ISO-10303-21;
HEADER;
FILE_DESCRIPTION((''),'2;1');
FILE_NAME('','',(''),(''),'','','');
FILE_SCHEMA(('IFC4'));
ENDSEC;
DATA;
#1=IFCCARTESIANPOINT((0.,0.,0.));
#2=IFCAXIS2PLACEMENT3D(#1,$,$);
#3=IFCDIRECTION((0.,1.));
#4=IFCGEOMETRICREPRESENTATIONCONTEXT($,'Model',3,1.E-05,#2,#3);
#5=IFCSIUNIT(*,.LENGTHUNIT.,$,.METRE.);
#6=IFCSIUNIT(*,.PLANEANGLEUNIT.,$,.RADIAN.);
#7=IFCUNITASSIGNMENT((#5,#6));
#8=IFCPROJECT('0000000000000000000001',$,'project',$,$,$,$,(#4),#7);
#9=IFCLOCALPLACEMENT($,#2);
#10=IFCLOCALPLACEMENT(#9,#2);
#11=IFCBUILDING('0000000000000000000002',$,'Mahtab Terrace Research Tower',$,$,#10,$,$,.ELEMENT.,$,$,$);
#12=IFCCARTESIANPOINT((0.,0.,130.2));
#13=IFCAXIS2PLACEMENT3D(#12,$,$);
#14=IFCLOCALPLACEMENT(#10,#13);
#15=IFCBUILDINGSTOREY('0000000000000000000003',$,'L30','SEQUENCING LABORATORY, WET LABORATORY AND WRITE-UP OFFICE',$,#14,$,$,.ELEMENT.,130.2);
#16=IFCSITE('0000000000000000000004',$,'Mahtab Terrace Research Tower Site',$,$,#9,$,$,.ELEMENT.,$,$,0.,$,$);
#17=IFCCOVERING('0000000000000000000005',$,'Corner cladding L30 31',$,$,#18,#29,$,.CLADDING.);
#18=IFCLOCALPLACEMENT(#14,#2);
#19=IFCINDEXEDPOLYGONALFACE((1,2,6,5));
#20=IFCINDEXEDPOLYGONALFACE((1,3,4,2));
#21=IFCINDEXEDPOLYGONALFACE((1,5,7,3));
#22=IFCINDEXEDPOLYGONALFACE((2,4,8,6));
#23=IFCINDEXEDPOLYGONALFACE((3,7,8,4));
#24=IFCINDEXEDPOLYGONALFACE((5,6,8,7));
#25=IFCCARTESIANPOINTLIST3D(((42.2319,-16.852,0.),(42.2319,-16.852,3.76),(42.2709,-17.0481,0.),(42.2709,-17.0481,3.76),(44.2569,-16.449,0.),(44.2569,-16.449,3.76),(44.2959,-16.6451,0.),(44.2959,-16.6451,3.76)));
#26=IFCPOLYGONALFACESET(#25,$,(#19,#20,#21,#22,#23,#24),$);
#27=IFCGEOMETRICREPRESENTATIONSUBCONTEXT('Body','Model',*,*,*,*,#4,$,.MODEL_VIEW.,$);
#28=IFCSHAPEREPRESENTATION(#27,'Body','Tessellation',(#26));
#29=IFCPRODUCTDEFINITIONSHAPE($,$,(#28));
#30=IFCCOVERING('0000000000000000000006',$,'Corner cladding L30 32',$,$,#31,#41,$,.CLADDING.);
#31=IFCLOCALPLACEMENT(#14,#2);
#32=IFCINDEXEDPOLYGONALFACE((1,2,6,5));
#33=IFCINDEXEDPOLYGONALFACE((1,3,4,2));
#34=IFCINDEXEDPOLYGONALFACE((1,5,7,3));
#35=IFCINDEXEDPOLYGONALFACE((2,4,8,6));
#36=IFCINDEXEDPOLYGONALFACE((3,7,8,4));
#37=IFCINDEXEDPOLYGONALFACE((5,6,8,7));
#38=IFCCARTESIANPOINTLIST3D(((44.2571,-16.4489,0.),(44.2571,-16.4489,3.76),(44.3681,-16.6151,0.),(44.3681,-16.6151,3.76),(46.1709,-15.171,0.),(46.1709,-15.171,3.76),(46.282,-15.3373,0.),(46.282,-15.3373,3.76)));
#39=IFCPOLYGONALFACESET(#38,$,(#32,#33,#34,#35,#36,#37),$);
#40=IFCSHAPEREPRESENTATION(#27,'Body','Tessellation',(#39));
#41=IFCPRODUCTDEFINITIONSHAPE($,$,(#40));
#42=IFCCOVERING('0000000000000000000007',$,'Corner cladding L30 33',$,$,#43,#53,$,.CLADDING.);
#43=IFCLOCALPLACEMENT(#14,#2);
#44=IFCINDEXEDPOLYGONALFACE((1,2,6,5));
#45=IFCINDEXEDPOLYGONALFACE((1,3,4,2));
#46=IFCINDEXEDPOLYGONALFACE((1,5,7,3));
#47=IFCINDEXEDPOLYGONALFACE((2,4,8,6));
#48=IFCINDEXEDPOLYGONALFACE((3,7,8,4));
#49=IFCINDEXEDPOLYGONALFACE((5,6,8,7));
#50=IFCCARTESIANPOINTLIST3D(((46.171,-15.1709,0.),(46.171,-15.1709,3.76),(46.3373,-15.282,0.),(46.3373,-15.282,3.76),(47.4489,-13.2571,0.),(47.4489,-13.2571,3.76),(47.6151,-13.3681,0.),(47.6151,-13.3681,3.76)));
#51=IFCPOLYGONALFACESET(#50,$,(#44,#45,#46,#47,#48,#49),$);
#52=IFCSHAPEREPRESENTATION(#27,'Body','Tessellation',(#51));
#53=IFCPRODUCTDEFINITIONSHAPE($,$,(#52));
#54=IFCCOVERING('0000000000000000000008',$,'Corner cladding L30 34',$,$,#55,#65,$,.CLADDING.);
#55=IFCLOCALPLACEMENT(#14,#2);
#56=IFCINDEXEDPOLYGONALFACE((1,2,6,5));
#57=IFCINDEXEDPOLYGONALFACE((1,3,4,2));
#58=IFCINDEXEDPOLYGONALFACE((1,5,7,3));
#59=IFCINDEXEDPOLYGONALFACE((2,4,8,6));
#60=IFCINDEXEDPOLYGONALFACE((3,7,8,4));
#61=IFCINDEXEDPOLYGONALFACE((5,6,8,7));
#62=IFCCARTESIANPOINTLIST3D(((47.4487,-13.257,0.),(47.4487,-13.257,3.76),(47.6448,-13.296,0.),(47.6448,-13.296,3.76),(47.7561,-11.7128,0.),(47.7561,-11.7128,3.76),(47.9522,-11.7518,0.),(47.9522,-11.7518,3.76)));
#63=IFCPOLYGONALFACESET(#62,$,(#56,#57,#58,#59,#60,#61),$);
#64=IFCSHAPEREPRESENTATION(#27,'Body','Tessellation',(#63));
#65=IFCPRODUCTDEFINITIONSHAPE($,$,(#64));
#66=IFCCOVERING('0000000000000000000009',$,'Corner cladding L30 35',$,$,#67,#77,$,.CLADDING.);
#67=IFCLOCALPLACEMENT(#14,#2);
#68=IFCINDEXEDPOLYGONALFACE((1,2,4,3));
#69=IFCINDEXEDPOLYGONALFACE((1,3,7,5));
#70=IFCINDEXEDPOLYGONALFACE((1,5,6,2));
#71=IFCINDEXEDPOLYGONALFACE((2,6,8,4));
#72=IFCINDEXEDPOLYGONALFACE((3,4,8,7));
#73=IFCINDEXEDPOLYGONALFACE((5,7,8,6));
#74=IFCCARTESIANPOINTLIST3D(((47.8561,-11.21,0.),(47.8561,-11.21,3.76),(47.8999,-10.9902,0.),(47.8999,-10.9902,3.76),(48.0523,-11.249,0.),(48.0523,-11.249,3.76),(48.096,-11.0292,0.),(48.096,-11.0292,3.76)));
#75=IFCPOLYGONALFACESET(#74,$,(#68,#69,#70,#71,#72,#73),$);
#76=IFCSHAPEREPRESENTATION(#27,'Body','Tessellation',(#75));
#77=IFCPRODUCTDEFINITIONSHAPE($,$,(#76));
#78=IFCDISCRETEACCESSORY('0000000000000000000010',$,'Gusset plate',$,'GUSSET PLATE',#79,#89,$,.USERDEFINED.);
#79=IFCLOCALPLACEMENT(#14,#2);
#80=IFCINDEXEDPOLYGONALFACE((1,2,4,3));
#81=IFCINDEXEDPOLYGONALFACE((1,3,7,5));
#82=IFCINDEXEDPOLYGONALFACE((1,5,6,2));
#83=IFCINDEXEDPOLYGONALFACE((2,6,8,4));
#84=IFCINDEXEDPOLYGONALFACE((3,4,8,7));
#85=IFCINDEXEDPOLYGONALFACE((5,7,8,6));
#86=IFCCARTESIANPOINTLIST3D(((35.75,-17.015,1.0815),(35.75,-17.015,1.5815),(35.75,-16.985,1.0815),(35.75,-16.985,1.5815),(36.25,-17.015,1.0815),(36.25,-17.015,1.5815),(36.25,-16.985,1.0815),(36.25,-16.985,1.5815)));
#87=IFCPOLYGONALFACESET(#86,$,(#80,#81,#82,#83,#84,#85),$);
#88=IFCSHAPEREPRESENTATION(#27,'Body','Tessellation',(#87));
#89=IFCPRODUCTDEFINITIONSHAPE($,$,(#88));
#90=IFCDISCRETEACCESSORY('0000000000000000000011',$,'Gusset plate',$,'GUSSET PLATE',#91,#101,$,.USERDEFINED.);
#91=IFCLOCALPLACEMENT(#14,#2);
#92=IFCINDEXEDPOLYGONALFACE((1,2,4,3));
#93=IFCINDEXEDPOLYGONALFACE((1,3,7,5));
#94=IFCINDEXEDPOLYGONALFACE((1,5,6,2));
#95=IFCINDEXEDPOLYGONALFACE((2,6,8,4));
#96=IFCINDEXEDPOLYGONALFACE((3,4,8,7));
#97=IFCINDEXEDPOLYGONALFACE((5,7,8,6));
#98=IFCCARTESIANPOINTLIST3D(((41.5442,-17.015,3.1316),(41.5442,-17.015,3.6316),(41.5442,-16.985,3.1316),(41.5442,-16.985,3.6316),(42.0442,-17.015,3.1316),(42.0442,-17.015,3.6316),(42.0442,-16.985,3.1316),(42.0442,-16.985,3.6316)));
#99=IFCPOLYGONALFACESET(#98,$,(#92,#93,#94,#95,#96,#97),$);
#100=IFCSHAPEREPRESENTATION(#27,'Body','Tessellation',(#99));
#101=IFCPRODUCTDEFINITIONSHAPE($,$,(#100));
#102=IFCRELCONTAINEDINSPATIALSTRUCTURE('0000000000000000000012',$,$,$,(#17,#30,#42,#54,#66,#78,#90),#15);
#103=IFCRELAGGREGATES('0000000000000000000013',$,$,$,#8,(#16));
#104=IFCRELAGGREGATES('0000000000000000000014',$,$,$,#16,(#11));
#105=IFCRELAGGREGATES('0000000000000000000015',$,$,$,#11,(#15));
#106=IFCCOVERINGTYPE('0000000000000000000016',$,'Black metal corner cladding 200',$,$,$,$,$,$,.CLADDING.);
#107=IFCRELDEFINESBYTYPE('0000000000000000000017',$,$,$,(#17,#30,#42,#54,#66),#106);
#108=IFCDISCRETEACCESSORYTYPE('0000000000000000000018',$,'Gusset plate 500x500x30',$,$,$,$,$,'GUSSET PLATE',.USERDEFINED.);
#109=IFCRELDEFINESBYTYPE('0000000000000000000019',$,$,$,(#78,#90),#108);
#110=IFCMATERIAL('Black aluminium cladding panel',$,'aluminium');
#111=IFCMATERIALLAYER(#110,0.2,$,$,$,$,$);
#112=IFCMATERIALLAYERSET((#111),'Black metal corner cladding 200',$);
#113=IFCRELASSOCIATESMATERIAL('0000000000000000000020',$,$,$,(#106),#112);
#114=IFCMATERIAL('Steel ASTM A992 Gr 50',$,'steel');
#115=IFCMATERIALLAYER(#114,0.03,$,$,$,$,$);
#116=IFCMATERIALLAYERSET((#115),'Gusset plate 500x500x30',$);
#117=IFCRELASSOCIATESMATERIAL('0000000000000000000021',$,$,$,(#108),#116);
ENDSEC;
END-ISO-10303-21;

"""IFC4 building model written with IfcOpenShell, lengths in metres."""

from ifc_helpers import new_model, si_unit, direction, frame, origin, origin_2d, place, context, subcontext, project, spatial, rectangle, extrude, material, layer, layer_set, type_object, element, save


model = new_model("IFC4")

# Units and contexts
model_context = context("Model", 3, precision=1e-05, world=origin(), true_north=direction((0.0, 1.0)))
body_context = subcontext(model_context, "Body", "Model", "MODEL_VIEW")
ifc_project = project(units=[si_unit("LENGTHUNIT", "METRE"), si_unit("PLANEANGLEUNIT", "RADIAN")], contexts=[model_context])

# Site, building, storey
site_placement = place(None, origin())
site = spatial("IfcSite", under=ifc_project, at=site_placement, Name="Mahtab Terrace Research Tower Site", CompositionType="ELEMENT", RefElevation=0.0)
building_placement = place(site_placement, origin())
building = spatial("IfcBuilding", under=site, at=building_placement, Name="Mahtab Terrace Research Tower", CompositionType="ELEMENT")
storey_placement = place(building_placement, frame((0.0, 0.0, 130.2)))
storey = spatial("IfcBuildingStorey", under=building, at=storey_placement, Name="L30", Description="SEQUENCING LABORATORY, WET LABORATORY AND WRITE-UP OFFICE", CompositionType="ELEMENT", Elevation=130.2)

# Shared definitions
ifc_material_1 = material(Name="Steel ASTM A992 Gr 50", Category="steel")

# Coverings
ifc_material_2 = material(Name="Black aluminium cladding panel", Category="aluminium")
ifc_layer_1 = layer(ifc_material_2, 0.2)
ifc_layer_set_1 = layer_set([ifc_layer_1], Name="Black metal corner cladding 200")
covering_type = type_object("IfcCoveringType", Name="Black metal corner cladding 200", PredefinedType="CLADDING", material=ifc_layer_set_1)
covering_1_placement = place(storey_placement, frame((43.2639, -16.7485, 0.0), z_axis=(0.0, 0.0, 1.0), x_axis=(0.980761, 0.195212, 0.0)))
element("IfcCovering", 1, at=covering_1_placement, inside=storey, type_object=covering_type, Name="Corner cladding L30 31", PredefinedType="CLADDING", context=body_context, shape_type="SweptSolid", body=[
    extrude(rectangle(XDim=2.0647, YDim=0.2, at=origin_2d()), origin(), (0.0, 0.0, 1.0), 3.76),
])
for number, where, z_axis, x_axis, name in (
    (2, (45.2695, -15.8931, 0.0), (0.0, 0.0, 1.0), (0.831656, 0.555291, 0.0), "Corner cladding L30 32"),
    (3, (46.8931, -14.2695, 0.0), (0.0, 0.0, 1.0), (0.555291, 0.831656, 0.0), "Corner cladding L30 33"),
):
    element("IfcCovering", number, at=place(storey_placement, frame(where, z_axis=z_axis, x_axis=x_axis)), inside=storey, type_object=covering_type, Name=name, PredefinedType="CLADDING", context=body_context, shape_type="SweptSolid", body=[
        extrude(rectangle(XDim=2.3013, YDim=0.2, at=origin_2d()), origin(), (0.0, 0.0, 1.0), 3.76),
    ])
covering_2_placement = place(storey_placement, frame((47.7004, -12.5044, 0.0), z_axis=(0.0, 0.0, 1.0), x_axis=(0.195212, 0.980761, 0.0)))
element("IfcCovering", 4, at=covering_2_placement, inside=storey, type_object=covering_type, Name="Corner cladding L30 34", PredefinedType="CLADDING", context=body_context, shape_type="SweptSolid", body=[
    extrude(rectangle(XDim=1.5745, YDim=0.2, at=origin_2d()), origin(), (0.0, 0.0, 1.0), 3.76),
])
covering_3_placement = place(storey_placement, frame((47.9761, -11.1196, 0.0), z_axis=(0.0, 0.0, 1.0), x_axis=(0.195212, 0.980761, 0.0)))
element("IfcCovering", 5, at=covering_3_placement, inside=storey, type_object=covering_type, Name="Corner cladding L30 35", PredefinedType="CLADDING", context=body_context, shape_type="SweptSolid", body=[
    extrude(rectangle(XDim=0.2241, YDim=0.2, at=origin_2d()), origin(), (0.0, 0.0, 1.0), 3.76),
])

# Discrete accessories
ifc_layer_2 = layer(ifc_material_1, 0.03)
ifc_layer_set_2 = layer_set([ifc_layer_2], Name="Gusset plate 500x500x30")
discrete_accessory_type = type_object("IfcDiscreteAccessoryType", Name="Gusset plate 500x500x30", ElementType="GUSSET PLATE", PredefinedType="USERDEFINED", material=ifc_layer_set_2)
for number, where, z_axis, x_axis, name in (
    (6, (36.0, -17.0, 1.0815), (0.0, 0.0, 1.0), (1.0, 0.0, 0.0), "Gusset plate"),
    (7, (41.7942, -17.0, 3.1316), (0.0, 0.0, 1.0), (1.0, 0.0, 0.0), "Gusset plate"),
):
    element("IfcDiscreteAccessory", number, at=place(storey_placement, frame(where, z_axis=z_axis, x_axis=x_axis)), inside=storey, type_object=discrete_accessory_type, Name=name, ObjectType="GUSSET PLATE", PredefinedType="USERDEFINED", context=body_context, shape_type="SweptSolid", body=[
        extrude(rectangle(XDim=0.5, YDim=0.03, at=origin_2d()), origin(), (0.0, 0.0, 1.0), 0.5),
    ])

save(model, "model.ifc")
